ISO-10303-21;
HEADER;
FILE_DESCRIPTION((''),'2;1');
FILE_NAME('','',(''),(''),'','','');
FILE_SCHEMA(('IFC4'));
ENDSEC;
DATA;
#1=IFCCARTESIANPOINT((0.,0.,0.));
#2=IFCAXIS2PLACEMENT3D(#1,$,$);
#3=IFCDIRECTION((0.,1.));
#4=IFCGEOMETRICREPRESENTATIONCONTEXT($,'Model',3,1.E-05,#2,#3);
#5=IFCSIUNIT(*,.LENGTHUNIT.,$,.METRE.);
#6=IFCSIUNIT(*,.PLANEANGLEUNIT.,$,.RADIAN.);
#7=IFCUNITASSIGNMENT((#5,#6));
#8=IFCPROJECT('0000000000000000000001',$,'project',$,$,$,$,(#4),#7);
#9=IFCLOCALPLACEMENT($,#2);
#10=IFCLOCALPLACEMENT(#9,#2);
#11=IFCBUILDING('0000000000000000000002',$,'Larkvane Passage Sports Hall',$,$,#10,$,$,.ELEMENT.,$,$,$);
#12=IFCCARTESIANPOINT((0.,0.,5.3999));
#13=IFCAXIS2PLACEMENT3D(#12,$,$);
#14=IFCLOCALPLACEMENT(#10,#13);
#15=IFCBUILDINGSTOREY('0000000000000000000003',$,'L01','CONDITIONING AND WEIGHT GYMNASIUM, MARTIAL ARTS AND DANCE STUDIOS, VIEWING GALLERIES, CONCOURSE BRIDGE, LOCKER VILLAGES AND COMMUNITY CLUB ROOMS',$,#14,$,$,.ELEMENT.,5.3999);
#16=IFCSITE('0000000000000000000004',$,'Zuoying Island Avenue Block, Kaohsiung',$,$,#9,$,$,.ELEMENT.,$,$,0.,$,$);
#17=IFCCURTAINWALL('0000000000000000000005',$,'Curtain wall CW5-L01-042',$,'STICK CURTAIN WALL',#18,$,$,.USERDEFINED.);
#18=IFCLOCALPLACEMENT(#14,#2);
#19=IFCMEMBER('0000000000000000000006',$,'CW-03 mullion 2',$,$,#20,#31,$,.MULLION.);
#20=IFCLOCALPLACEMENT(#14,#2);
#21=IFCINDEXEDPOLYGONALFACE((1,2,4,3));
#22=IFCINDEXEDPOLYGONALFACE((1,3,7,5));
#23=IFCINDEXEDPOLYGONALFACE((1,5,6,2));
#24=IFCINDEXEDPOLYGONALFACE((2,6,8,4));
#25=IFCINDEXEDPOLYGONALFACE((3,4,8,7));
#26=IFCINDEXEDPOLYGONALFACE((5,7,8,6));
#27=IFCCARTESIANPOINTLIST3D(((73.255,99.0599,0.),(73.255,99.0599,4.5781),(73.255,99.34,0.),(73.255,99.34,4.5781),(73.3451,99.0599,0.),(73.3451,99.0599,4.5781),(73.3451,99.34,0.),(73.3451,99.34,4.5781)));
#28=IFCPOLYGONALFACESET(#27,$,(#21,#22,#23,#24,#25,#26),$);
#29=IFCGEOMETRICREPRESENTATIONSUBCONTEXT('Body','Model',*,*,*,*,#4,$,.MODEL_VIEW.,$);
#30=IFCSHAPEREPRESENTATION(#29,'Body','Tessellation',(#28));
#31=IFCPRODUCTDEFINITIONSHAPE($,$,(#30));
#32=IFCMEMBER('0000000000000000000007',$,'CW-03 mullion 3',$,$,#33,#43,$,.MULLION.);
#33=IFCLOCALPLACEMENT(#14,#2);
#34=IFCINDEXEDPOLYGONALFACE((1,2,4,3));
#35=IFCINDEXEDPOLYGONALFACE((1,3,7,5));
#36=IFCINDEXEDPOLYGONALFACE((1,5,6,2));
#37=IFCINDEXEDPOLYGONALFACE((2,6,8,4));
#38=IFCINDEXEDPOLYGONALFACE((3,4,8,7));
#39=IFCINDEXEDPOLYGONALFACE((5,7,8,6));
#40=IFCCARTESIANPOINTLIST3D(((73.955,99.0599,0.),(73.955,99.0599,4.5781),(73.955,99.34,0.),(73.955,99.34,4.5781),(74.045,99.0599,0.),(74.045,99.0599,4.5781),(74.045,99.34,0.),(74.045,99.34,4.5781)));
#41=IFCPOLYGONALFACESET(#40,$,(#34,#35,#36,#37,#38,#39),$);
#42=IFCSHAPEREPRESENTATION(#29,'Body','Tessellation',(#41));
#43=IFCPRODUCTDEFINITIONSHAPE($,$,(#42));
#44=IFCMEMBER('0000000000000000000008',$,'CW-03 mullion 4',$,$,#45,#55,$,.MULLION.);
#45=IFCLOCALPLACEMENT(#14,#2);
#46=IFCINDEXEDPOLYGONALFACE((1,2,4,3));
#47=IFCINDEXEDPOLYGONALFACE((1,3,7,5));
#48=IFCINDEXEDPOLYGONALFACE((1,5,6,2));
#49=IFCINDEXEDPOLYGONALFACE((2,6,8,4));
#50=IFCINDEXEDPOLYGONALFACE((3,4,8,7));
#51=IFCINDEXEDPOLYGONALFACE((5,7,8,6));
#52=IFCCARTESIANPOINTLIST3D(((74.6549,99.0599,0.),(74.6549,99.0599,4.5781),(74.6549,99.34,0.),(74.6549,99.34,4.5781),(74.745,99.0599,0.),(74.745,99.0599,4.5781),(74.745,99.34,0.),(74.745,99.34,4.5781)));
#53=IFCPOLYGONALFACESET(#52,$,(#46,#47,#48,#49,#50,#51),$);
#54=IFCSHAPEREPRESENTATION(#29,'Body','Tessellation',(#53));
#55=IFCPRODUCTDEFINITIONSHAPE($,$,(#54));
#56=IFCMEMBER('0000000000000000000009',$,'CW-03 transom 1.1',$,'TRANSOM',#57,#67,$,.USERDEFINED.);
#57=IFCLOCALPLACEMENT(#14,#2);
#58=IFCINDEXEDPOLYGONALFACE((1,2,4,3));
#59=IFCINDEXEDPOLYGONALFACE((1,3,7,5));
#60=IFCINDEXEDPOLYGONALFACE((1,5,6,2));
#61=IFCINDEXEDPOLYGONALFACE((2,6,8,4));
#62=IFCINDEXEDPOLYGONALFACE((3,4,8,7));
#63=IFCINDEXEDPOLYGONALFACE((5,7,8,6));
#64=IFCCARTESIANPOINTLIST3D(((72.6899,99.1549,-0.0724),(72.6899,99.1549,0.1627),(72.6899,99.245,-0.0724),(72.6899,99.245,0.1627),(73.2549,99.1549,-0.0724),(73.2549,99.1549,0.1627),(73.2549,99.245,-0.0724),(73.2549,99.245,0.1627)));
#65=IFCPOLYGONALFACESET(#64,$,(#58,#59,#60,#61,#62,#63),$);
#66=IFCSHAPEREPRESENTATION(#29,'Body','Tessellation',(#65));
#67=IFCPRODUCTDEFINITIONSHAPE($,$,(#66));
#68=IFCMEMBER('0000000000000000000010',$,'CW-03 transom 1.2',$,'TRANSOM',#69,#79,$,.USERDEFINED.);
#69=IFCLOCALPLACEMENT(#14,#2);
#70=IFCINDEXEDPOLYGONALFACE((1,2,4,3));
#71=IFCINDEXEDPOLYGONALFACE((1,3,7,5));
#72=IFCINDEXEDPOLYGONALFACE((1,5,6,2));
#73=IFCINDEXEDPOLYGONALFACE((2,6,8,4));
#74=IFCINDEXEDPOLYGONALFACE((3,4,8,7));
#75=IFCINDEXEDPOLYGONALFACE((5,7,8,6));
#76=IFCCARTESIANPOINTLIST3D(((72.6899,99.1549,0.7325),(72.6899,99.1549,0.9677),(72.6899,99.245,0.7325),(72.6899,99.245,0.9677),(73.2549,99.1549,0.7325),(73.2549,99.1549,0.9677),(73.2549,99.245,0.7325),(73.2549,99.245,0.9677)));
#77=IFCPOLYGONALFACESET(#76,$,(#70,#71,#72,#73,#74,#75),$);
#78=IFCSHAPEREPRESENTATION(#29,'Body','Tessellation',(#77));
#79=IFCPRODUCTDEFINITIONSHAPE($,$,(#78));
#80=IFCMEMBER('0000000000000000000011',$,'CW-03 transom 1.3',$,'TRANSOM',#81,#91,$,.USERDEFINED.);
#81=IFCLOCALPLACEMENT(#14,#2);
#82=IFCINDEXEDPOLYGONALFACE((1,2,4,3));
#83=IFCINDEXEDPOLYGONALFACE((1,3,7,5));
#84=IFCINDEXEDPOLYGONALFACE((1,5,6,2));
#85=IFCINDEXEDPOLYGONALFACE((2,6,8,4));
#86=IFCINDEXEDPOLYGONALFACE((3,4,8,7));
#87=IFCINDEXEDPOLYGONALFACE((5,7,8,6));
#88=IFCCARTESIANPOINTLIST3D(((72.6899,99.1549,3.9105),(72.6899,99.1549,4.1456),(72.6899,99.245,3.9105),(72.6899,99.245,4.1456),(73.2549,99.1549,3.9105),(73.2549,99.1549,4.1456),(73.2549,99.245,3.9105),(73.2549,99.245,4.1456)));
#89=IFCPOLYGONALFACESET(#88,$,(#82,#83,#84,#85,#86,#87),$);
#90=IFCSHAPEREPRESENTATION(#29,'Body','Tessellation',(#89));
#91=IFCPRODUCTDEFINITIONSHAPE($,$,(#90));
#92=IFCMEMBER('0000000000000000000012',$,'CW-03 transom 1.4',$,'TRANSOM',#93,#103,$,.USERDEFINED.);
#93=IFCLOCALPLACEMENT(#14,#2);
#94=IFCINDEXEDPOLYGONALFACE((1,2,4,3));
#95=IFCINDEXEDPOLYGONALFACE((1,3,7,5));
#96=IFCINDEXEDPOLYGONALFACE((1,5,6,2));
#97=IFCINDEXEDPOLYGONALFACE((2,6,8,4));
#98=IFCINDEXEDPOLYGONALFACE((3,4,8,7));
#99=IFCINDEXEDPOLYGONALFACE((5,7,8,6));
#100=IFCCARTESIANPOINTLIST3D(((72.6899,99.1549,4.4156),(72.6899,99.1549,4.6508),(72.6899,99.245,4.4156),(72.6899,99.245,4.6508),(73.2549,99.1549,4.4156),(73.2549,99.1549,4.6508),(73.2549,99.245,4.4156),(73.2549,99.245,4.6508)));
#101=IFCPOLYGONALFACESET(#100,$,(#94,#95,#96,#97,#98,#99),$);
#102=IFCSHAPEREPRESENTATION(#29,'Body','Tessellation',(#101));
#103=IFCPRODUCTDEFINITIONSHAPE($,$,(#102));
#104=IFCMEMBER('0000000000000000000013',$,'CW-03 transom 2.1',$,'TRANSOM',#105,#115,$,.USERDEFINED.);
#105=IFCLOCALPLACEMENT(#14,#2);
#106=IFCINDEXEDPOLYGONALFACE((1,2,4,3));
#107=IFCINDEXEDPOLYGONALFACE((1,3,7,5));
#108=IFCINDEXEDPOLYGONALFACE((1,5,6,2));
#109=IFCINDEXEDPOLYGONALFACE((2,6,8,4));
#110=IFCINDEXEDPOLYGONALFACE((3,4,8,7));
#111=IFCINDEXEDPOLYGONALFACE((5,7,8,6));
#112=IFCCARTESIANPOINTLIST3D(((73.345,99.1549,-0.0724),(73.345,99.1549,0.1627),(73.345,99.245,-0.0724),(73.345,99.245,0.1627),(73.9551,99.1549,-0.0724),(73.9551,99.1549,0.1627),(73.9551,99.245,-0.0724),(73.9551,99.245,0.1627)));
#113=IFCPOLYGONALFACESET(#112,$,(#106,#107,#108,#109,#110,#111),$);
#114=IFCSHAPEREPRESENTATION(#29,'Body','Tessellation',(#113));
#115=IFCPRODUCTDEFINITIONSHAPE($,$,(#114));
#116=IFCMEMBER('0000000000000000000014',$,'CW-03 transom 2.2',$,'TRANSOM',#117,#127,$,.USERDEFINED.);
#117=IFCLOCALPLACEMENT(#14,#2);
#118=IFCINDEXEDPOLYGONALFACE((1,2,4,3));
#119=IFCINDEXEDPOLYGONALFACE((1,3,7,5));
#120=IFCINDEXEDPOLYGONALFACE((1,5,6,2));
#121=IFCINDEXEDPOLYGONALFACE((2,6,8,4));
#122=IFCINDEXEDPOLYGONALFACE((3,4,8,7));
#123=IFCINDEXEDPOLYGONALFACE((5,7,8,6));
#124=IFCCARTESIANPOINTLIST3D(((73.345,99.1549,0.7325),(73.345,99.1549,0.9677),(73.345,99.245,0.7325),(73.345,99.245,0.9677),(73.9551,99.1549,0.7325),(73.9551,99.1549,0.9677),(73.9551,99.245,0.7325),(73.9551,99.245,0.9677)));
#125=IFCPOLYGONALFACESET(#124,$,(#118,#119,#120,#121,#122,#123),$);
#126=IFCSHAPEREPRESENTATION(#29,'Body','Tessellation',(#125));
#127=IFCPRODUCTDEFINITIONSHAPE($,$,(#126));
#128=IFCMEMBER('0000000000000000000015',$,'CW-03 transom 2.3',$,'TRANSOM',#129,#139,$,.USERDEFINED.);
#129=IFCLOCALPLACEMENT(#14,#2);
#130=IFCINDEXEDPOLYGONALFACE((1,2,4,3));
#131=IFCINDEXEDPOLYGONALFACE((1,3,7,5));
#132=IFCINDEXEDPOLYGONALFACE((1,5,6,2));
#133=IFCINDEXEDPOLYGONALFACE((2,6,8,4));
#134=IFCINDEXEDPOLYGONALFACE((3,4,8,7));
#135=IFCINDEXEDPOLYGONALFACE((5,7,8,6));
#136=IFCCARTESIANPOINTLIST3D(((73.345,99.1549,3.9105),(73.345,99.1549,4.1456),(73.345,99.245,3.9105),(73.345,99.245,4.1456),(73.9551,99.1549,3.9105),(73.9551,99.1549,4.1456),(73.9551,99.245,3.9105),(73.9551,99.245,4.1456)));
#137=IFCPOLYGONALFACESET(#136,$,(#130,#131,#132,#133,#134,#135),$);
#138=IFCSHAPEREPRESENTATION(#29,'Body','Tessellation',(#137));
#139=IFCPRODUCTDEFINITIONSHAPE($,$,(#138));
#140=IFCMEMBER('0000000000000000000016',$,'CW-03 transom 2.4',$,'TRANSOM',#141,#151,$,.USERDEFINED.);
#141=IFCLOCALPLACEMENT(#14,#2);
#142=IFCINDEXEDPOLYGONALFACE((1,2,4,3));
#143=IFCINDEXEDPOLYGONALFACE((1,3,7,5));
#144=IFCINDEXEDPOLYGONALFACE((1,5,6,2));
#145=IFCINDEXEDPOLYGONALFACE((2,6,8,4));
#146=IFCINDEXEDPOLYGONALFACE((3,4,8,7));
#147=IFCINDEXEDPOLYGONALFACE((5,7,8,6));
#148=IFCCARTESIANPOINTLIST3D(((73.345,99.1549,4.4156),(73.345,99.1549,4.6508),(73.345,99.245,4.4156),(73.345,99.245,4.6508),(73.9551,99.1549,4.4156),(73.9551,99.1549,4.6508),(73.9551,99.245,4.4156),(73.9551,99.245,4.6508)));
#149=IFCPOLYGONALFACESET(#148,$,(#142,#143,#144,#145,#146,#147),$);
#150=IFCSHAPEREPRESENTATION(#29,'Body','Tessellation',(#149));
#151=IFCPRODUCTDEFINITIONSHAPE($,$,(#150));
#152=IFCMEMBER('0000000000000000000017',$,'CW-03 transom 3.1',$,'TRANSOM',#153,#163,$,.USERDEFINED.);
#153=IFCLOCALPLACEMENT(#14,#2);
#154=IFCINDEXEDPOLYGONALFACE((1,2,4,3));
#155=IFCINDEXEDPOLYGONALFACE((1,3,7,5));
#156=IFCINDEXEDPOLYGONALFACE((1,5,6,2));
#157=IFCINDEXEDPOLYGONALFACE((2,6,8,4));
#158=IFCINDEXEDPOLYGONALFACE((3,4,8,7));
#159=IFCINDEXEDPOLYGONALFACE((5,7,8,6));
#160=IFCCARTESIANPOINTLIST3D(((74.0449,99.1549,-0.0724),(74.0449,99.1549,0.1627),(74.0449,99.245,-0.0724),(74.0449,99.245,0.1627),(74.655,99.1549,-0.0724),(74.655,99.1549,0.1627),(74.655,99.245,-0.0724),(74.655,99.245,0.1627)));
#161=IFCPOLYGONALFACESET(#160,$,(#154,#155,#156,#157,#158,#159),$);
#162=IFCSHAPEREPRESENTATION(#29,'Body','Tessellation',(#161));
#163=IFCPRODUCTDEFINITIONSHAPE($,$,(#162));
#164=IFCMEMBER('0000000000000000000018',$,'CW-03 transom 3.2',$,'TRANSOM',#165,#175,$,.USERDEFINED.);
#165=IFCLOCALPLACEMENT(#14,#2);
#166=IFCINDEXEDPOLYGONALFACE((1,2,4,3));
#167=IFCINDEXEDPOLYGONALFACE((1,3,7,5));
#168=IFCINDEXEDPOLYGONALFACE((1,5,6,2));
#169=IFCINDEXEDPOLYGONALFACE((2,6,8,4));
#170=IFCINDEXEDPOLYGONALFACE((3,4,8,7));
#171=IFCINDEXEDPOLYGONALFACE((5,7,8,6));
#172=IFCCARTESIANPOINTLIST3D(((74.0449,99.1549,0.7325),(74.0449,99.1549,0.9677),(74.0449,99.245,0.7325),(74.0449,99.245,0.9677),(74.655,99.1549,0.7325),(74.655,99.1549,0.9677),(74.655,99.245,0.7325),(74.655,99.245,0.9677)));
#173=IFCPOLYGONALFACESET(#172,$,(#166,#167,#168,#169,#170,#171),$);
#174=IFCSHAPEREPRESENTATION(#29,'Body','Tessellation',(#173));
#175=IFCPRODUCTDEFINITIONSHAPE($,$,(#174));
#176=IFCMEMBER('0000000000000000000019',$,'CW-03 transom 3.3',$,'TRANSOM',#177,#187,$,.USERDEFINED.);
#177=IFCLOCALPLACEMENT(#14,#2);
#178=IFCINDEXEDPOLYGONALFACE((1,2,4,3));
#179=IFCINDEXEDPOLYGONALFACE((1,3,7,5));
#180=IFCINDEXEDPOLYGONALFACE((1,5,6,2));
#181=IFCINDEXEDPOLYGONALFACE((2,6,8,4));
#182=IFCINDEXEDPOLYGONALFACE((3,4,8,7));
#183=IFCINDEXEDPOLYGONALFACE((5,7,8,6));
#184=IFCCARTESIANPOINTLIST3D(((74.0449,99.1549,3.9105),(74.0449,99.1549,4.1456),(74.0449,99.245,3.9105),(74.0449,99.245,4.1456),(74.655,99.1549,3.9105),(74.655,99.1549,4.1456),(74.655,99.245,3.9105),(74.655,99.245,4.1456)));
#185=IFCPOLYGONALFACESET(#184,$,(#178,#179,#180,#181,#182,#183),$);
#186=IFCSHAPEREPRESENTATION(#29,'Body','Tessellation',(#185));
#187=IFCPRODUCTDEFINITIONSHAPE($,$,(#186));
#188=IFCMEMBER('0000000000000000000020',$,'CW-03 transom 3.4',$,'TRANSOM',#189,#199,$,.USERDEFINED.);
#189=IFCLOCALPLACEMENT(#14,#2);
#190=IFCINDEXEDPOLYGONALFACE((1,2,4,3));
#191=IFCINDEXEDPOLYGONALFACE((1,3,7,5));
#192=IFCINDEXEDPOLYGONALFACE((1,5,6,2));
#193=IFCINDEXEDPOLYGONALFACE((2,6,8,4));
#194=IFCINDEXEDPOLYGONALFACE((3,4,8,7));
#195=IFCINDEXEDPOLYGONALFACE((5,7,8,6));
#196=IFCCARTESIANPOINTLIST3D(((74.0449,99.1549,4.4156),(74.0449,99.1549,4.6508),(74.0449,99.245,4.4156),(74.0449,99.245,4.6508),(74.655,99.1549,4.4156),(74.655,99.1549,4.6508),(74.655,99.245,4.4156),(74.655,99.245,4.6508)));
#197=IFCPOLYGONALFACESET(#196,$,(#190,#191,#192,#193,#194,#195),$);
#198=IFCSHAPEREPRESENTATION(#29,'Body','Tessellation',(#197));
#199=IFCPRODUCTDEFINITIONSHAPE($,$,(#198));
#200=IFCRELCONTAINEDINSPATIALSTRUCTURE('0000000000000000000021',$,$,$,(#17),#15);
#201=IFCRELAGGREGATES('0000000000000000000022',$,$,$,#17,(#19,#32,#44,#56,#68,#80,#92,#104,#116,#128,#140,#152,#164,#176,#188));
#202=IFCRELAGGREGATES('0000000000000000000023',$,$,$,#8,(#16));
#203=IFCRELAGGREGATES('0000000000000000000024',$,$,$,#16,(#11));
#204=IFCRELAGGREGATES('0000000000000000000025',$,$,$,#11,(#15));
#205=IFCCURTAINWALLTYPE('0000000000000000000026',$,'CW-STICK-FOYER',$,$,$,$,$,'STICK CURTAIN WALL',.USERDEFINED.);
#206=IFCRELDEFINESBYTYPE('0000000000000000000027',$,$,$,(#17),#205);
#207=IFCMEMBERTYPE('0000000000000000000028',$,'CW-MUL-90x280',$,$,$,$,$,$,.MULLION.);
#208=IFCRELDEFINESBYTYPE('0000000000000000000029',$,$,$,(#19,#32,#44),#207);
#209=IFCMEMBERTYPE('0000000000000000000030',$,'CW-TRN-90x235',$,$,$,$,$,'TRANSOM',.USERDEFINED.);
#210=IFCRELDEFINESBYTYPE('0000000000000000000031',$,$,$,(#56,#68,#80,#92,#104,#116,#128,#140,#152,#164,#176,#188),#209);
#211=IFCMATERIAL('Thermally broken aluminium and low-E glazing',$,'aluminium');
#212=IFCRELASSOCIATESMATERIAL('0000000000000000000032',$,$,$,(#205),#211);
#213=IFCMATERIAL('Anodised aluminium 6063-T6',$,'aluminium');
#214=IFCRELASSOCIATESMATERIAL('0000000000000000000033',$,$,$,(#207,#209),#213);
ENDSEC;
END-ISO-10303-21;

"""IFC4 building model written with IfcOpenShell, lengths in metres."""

from ifc_helpers import new_model, si_unit, direction, frame, origin, origin_2d, place, context, subcontext, project, spatial, rectangle, extrude, material, material_profile, profile_set, type_object, element, aggregate, save


model = new_model("IFC4")

# Units and contexts
model_context = context("Model", 3, precision=1e-05, world=origin(), true_north=direction((0.0, 1.0)))
body_context = subcontext(model_context, "Body", "Model", "MODEL_VIEW")
ifc_project = project(units=[si_unit("LENGTHUNIT", "METRE"), si_unit("PLANEANGLEUNIT", "RADIAN")], contexts=[model_context])

# Site, building, storey
site_placement = place(None, origin())
site = spatial("IfcSite", under=ifc_project, at=site_placement, Name="Zuoying Island Avenue Block, Kaohsiung", CompositionType="ELEMENT", RefElevation=0.0)
building_placement = place(site_placement, origin())
building = spatial("IfcBuilding", under=site, at=building_placement, Name="Larkvane Passage Sports Hall", CompositionType="ELEMENT")
storey_placement = place(building_placement, frame((0.0, 0.0, 5.3999)))
storey = spatial("IfcBuildingStorey", under=building, at=storey_placement, Name="L01", Description="CONDITIONING AND WEIGHT GYMNASIUM, MARTIAL ARTS AND DANCE STUDIOS, VIEWING GALLERIES, CONCOURSE BRIDGE, LOCKER VILLAGES AND COMMUNITY CLUB ROOMS", CompositionType="ELEMENT", Elevation=5.3999)

# Curtain wall, members
ifc_material_1 = material(Name="Thermally broken aluminium and low-E glazing", Category="aluminium")
curtain_wall_type = type_object("IfcCurtainWallType", Name="CW-STICK-FOYER", ElementType="STICK CURTAIN WALL", PredefinedType="USERDEFINED", material=ifc_material_1)
curtain_wall_placement = place(storey_placement, origin())
curtain_wall = element("IfcCurtainWall", 1, at=curtain_wall_placement, inside=storey, type_object=curtain_wall_type, Name="Curtain wall CW5-L01-042", ObjectType="STICK CURTAIN WALL", PredefinedType="USERDEFINED")
ifc_material_2 = material(Name="Anodised aluminium 6063-T6", Category="aluminium")
ifc_material_profile_1 = material_profile(ifc_material_2, rectangle(XDim=0.0901, YDim=0.28, at=origin_2d()), Name="ALU-MUL-90x280")
ifc_profile_set_1 = profile_set([ifc_material_profile_1], Name="Anodised aluminium 6063-T6")
member_type_1 = type_object("IfcMemberType", Name="CW-MUL-90x280", PredefinedType="MULLION", material=ifc_profile_set_1)
member_1_placement = place(storey_placement, frame((73.3, 99.2, 0.0), z_axis=(0.0, 0.0, 1.0), x_axis=(1.0, 0.0, 0.0)))
member_1 = element("IfcMember", 2, at=member_1_placement, type_object=member_type_1, Name="CW-03 mullion 2", PredefinedType="MULLION", context=body_context, shape_type="SweptSolid", body=[
    extrude(rectangle(XDim=0.0901, YDim=0.28, at=origin_2d()), origin(), (0.0, 0.0, 1.0), 4.5781),
])
member_2_placement = place(storey_placement, frame((74.0, 99.2, 0.0), z_axis=(0.0, 0.0, 1.0), x_axis=(1.0, 0.0, 0.0)))
member_2 = element("IfcMember", 3, at=member_2_placement, type_object=member_type_1, Name="CW-03 mullion 3", PredefinedType="MULLION", context=body_context, shape_type="SweptSolid", body=[
    extrude(rectangle(XDim=0.0901, YDim=0.28, at=origin_2d()), origin(), (0.0, 0.0, 1.0), 4.5781),
])
member_3_placement = place(storey_placement, frame((74.7, 99.2, 0.0), z_axis=(0.0, 0.0, 1.0), x_axis=(1.0, 0.0, 0.0)))
member_3 = element("IfcMember", 4, at=member_3_placement, type_object=member_type_1, Name="CW-03 mullion 4", PredefinedType="MULLION", context=body_context, shape_type="SweptSolid", body=[
    extrude(rectangle(XDim=0.0901, YDim=0.28, at=origin_2d()), origin(), (0.0, 0.0, 1.0), 4.5781),
])
ifc_material_profile_2 = material_profile(ifc_material_2, rectangle(XDim=0.0901, YDim=0.2351, at=origin_2d()), Name="ALU-TRN-90x235")
ifc_profile_set_2 = profile_set([ifc_material_profile_2], Name="Anodised aluminium 6063-T6")
member_type_2 = type_object("IfcMemberType", Name="CW-TRN-90x235", ElementType="TRANSOM", PredefinedType="USERDEFINED", material=ifc_profile_set_2)
member_4_placement = place(storey_placement, frame((72.6899, 99.2, 0.0452), z_axis=(1.0, 0.0, 0.0), x_axis=(0.0, 1.0, 0.0)))
member_4 = element("IfcMember", 5, at=member_4_placement, type_object=member_type_2, Name="CW-03 transom 1.1", ObjectType="TRANSOM", PredefinedType="USERDEFINED", context=body_context, shape_type="SweptSolid", body=[
    extrude(rectangle(XDim=0.0901, YDim=0.2351, at=origin_2d()), origin(), (0.0, 0.0, 1.0), 0.5649),
])
member_5_placement = place(storey_placement, frame((72.6899, 99.2, 0.8501), z_axis=(1.0, 0.0, 0.0), x_axis=(0.0, 1.0, 0.0)))
member_5 = element("IfcMember", 6, at=member_5_placement, type_object=member_type_2, Name="CW-03 transom 1.2", ObjectType="TRANSOM", PredefinedType="USERDEFINED", context=body_context, shape_type="SweptSolid", body=[
    extrude(rectangle(XDim=0.0901, YDim=0.2351, at=origin_2d()), origin(), (0.0, 0.0, 1.0), 0.5649),
])
member_6_placement = place(storey_placement, frame((72.6899, 99.2, 4.0281), z_axis=(1.0, 0.0, 0.0), x_axis=(0.0, 1.0, 0.0)))
member_6 = element("IfcMember", 7, at=member_6_placement, type_object=member_type_2, Name="CW-03 transom 1.3", ObjectType="TRANSOM", PredefinedType="USERDEFINED", context=body_context, shape_type="SweptSolid", body=[
    extrude(rectangle(XDim=0.0901, YDim=0.2351, at=origin_2d()), origin(), (0.0, 0.0, 1.0), 0.5649),
])
member_7_placement = place(storey_placement, frame((72.6899, 99.2, 4.5332), z_axis=(1.0, 0.0, 0.0), x_axis=(0.0, 1.0, 0.0)))
member_7 = element("IfcMember", 8, at=member_7_placement, type_object=member_type_2, Name="CW-03 transom 1.4", ObjectType="TRANSOM", PredefinedType="USERDEFINED", context=body_context, shape_type="SweptSolid", body=[
    extrude(rectangle(XDim=0.0901, YDim=0.2351, at=origin_2d()), origin(), (0.0, 0.0, 1.0), 0.5649),
])
member_8_placement = place(storey_placement, frame((73.345, 99.2, 0.0452), z_axis=(1.0, 0.0, 0.0), x_axis=(0.0, 1.0, 0.0)))
member_8 = element("IfcMember", 9, at=member_8_placement, type_object=member_type_2, Name="CW-03 transom 2.1", ObjectType="TRANSOM", PredefinedType="USERDEFINED", context=body_context, shape_type="SweptSolid", body=[
    extrude(rectangle(XDim=0.0901, YDim=0.2351, at=origin_2d()), origin(), (0.0, 0.0, 1.0), 0.6101),
])
member_9_placement = place(storey_placement, frame((73.345, 99.2, 0.8501), z_axis=(1.0, 0.0, 0.0), x_axis=(0.0, 1.0, 0.0)))
member_9 = element("IfcMember", 10, at=member_9_placement, type_object=member_type_2, Name="CW-03 transom 2.2", ObjectType="TRANSOM", PredefinedType="USERDEFINED", context=body_context, shape_type="SweptSolid", body=[
    extrude(rectangle(XDim=0.0901, YDim=0.2351, at=origin_2d()), origin(), (0.0, 0.0, 1.0), 0.6101),
])
member_10_placement = place(storey_placement, frame((73.345, 99.2, 4.0281), z_axis=(1.0, 0.0, 0.0), x_axis=(0.0, 1.0, 0.0)))
member_10 = element("IfcMember", 11, at=member_10_placement, type_object=member_type_2, Name="CW-03 transom 2.3", ObjectType="TRANSOM", PredefinedType="USERDEFINED", context=body_context, shape_type="SweptSolid", body=[
    extrude(rectangle(XDim=0.0901, YDim=0.2351, at=origin_2d()), origin(), (0.0, 0.0, 1.0), 0.6101),
])
member_11_placement = place(storey_placement, frame((73.345, 99.2, 4.5332), z_axis=(1.0, 0.0, 0.0), x_axis=(0.0, 1.0, 0.0)))
member_11 = element("IfcMember", 12, at=member_11_placement, type_object=member_type_2, Name="CW-03 transom 2.4", ObjectType="TRANSOM", PredefinedType="USERDEFINED", context=body_context, shape_type="SweptSolid", body=[
    extrude(rectangle(XDim=0.0901, YDim=0.2351, at=origin_2d()), origin(), (0.0, 0.0, 1.0), 0.6101),
])
member_12_placement = place(storey_placement, frame((74.0449, 99.2, 0.0452), z_axis=(1.0, 0.0, 0.0), x_axis=(0.0, 1.0, 0.0)))
member_12 = element("IfcMember", 13, at=member_12_placement, type_object=member_type_2, Name="CW-03 transom 3.1", ObjectType="TRANSOM", PredefinedType="USERDEFINED", context=body_context, shape_type="SweptSolid", body=[
    extrude(rectangle(XDim=0.0901, YDim=0.2351, at=origin_2d()), origin(), (0.0, 0.0, 1.0), 0.6101),
])
member_13_placement = place(storey_placement, frame((74.0449, 99.2, 0.8501), z_axis=(1.0, 0.0, 0.0), x_axis=(0.0, 1.0, 0.0)))
member_13 = element("IfcMember", 14, at=member_13_placement, type_object=member_type_2, Name="CW-03 transom 3.2", ObjectType="TRANSOM", PredefinedType="USERDEFINED", context=body_context, shape_type="SweptSolid", body=[
    extrude(rectangle(XDim=0.0901, YDim=0.2351, at=origin_2d()), origin(), (0.0, 0.0, 1.0), 0.6101),
])
member_14_placement = place(storey_placement, frame((74.0449, 99.2, 4.0281), z_axis=(1.0, 0.0, 0.0), x_axis=(0.0, 1.0, 0.0)))
member_14 = element("IfcMember", 15, at=member_14_placement, type_object=member_type_2, Name="CW-03 transom 3.3", ObjectType="TRANSOM", PredefinedType="USERDEFINED", context=body_context, shape_type="SweptSolid", body=[
    extrude(rectangle(XDim=0.0901, YDim=0.2351, at=origin_2d()), origin(), (0.0, 0.0, 1.0), 0.6101),
])
member_15_placement = place(storey_placement, frame((74.0449, 99.2, 4.5332), z_axis=(1.0, 0.0, 0.0), x_axis=(0.0, 1.0, 0.0)))
member_15 = element("IfcMember", 16, at=member_15_placement, type_object=member_type_2, Name="CW-03 transom 3.4", ObjectType="TRANSOM", PredefinedType="USERDEFINED", context=body_context, shape_type="SweptSolid", body=[
    extrude(rectangle(XDim=0.0901, YDim=0.2351, at=origin_2d()), origin(), (0.0, 0.0, 1.0), 0.6101),
])
aggregate(curtain_wall, [member_1, member_2, member_3, member_4, member_5, member_6, member_7, member_8, member_9, member_10, member_11, member_12, member_13, member_14, member_15])

save(model, "model.ifc")
